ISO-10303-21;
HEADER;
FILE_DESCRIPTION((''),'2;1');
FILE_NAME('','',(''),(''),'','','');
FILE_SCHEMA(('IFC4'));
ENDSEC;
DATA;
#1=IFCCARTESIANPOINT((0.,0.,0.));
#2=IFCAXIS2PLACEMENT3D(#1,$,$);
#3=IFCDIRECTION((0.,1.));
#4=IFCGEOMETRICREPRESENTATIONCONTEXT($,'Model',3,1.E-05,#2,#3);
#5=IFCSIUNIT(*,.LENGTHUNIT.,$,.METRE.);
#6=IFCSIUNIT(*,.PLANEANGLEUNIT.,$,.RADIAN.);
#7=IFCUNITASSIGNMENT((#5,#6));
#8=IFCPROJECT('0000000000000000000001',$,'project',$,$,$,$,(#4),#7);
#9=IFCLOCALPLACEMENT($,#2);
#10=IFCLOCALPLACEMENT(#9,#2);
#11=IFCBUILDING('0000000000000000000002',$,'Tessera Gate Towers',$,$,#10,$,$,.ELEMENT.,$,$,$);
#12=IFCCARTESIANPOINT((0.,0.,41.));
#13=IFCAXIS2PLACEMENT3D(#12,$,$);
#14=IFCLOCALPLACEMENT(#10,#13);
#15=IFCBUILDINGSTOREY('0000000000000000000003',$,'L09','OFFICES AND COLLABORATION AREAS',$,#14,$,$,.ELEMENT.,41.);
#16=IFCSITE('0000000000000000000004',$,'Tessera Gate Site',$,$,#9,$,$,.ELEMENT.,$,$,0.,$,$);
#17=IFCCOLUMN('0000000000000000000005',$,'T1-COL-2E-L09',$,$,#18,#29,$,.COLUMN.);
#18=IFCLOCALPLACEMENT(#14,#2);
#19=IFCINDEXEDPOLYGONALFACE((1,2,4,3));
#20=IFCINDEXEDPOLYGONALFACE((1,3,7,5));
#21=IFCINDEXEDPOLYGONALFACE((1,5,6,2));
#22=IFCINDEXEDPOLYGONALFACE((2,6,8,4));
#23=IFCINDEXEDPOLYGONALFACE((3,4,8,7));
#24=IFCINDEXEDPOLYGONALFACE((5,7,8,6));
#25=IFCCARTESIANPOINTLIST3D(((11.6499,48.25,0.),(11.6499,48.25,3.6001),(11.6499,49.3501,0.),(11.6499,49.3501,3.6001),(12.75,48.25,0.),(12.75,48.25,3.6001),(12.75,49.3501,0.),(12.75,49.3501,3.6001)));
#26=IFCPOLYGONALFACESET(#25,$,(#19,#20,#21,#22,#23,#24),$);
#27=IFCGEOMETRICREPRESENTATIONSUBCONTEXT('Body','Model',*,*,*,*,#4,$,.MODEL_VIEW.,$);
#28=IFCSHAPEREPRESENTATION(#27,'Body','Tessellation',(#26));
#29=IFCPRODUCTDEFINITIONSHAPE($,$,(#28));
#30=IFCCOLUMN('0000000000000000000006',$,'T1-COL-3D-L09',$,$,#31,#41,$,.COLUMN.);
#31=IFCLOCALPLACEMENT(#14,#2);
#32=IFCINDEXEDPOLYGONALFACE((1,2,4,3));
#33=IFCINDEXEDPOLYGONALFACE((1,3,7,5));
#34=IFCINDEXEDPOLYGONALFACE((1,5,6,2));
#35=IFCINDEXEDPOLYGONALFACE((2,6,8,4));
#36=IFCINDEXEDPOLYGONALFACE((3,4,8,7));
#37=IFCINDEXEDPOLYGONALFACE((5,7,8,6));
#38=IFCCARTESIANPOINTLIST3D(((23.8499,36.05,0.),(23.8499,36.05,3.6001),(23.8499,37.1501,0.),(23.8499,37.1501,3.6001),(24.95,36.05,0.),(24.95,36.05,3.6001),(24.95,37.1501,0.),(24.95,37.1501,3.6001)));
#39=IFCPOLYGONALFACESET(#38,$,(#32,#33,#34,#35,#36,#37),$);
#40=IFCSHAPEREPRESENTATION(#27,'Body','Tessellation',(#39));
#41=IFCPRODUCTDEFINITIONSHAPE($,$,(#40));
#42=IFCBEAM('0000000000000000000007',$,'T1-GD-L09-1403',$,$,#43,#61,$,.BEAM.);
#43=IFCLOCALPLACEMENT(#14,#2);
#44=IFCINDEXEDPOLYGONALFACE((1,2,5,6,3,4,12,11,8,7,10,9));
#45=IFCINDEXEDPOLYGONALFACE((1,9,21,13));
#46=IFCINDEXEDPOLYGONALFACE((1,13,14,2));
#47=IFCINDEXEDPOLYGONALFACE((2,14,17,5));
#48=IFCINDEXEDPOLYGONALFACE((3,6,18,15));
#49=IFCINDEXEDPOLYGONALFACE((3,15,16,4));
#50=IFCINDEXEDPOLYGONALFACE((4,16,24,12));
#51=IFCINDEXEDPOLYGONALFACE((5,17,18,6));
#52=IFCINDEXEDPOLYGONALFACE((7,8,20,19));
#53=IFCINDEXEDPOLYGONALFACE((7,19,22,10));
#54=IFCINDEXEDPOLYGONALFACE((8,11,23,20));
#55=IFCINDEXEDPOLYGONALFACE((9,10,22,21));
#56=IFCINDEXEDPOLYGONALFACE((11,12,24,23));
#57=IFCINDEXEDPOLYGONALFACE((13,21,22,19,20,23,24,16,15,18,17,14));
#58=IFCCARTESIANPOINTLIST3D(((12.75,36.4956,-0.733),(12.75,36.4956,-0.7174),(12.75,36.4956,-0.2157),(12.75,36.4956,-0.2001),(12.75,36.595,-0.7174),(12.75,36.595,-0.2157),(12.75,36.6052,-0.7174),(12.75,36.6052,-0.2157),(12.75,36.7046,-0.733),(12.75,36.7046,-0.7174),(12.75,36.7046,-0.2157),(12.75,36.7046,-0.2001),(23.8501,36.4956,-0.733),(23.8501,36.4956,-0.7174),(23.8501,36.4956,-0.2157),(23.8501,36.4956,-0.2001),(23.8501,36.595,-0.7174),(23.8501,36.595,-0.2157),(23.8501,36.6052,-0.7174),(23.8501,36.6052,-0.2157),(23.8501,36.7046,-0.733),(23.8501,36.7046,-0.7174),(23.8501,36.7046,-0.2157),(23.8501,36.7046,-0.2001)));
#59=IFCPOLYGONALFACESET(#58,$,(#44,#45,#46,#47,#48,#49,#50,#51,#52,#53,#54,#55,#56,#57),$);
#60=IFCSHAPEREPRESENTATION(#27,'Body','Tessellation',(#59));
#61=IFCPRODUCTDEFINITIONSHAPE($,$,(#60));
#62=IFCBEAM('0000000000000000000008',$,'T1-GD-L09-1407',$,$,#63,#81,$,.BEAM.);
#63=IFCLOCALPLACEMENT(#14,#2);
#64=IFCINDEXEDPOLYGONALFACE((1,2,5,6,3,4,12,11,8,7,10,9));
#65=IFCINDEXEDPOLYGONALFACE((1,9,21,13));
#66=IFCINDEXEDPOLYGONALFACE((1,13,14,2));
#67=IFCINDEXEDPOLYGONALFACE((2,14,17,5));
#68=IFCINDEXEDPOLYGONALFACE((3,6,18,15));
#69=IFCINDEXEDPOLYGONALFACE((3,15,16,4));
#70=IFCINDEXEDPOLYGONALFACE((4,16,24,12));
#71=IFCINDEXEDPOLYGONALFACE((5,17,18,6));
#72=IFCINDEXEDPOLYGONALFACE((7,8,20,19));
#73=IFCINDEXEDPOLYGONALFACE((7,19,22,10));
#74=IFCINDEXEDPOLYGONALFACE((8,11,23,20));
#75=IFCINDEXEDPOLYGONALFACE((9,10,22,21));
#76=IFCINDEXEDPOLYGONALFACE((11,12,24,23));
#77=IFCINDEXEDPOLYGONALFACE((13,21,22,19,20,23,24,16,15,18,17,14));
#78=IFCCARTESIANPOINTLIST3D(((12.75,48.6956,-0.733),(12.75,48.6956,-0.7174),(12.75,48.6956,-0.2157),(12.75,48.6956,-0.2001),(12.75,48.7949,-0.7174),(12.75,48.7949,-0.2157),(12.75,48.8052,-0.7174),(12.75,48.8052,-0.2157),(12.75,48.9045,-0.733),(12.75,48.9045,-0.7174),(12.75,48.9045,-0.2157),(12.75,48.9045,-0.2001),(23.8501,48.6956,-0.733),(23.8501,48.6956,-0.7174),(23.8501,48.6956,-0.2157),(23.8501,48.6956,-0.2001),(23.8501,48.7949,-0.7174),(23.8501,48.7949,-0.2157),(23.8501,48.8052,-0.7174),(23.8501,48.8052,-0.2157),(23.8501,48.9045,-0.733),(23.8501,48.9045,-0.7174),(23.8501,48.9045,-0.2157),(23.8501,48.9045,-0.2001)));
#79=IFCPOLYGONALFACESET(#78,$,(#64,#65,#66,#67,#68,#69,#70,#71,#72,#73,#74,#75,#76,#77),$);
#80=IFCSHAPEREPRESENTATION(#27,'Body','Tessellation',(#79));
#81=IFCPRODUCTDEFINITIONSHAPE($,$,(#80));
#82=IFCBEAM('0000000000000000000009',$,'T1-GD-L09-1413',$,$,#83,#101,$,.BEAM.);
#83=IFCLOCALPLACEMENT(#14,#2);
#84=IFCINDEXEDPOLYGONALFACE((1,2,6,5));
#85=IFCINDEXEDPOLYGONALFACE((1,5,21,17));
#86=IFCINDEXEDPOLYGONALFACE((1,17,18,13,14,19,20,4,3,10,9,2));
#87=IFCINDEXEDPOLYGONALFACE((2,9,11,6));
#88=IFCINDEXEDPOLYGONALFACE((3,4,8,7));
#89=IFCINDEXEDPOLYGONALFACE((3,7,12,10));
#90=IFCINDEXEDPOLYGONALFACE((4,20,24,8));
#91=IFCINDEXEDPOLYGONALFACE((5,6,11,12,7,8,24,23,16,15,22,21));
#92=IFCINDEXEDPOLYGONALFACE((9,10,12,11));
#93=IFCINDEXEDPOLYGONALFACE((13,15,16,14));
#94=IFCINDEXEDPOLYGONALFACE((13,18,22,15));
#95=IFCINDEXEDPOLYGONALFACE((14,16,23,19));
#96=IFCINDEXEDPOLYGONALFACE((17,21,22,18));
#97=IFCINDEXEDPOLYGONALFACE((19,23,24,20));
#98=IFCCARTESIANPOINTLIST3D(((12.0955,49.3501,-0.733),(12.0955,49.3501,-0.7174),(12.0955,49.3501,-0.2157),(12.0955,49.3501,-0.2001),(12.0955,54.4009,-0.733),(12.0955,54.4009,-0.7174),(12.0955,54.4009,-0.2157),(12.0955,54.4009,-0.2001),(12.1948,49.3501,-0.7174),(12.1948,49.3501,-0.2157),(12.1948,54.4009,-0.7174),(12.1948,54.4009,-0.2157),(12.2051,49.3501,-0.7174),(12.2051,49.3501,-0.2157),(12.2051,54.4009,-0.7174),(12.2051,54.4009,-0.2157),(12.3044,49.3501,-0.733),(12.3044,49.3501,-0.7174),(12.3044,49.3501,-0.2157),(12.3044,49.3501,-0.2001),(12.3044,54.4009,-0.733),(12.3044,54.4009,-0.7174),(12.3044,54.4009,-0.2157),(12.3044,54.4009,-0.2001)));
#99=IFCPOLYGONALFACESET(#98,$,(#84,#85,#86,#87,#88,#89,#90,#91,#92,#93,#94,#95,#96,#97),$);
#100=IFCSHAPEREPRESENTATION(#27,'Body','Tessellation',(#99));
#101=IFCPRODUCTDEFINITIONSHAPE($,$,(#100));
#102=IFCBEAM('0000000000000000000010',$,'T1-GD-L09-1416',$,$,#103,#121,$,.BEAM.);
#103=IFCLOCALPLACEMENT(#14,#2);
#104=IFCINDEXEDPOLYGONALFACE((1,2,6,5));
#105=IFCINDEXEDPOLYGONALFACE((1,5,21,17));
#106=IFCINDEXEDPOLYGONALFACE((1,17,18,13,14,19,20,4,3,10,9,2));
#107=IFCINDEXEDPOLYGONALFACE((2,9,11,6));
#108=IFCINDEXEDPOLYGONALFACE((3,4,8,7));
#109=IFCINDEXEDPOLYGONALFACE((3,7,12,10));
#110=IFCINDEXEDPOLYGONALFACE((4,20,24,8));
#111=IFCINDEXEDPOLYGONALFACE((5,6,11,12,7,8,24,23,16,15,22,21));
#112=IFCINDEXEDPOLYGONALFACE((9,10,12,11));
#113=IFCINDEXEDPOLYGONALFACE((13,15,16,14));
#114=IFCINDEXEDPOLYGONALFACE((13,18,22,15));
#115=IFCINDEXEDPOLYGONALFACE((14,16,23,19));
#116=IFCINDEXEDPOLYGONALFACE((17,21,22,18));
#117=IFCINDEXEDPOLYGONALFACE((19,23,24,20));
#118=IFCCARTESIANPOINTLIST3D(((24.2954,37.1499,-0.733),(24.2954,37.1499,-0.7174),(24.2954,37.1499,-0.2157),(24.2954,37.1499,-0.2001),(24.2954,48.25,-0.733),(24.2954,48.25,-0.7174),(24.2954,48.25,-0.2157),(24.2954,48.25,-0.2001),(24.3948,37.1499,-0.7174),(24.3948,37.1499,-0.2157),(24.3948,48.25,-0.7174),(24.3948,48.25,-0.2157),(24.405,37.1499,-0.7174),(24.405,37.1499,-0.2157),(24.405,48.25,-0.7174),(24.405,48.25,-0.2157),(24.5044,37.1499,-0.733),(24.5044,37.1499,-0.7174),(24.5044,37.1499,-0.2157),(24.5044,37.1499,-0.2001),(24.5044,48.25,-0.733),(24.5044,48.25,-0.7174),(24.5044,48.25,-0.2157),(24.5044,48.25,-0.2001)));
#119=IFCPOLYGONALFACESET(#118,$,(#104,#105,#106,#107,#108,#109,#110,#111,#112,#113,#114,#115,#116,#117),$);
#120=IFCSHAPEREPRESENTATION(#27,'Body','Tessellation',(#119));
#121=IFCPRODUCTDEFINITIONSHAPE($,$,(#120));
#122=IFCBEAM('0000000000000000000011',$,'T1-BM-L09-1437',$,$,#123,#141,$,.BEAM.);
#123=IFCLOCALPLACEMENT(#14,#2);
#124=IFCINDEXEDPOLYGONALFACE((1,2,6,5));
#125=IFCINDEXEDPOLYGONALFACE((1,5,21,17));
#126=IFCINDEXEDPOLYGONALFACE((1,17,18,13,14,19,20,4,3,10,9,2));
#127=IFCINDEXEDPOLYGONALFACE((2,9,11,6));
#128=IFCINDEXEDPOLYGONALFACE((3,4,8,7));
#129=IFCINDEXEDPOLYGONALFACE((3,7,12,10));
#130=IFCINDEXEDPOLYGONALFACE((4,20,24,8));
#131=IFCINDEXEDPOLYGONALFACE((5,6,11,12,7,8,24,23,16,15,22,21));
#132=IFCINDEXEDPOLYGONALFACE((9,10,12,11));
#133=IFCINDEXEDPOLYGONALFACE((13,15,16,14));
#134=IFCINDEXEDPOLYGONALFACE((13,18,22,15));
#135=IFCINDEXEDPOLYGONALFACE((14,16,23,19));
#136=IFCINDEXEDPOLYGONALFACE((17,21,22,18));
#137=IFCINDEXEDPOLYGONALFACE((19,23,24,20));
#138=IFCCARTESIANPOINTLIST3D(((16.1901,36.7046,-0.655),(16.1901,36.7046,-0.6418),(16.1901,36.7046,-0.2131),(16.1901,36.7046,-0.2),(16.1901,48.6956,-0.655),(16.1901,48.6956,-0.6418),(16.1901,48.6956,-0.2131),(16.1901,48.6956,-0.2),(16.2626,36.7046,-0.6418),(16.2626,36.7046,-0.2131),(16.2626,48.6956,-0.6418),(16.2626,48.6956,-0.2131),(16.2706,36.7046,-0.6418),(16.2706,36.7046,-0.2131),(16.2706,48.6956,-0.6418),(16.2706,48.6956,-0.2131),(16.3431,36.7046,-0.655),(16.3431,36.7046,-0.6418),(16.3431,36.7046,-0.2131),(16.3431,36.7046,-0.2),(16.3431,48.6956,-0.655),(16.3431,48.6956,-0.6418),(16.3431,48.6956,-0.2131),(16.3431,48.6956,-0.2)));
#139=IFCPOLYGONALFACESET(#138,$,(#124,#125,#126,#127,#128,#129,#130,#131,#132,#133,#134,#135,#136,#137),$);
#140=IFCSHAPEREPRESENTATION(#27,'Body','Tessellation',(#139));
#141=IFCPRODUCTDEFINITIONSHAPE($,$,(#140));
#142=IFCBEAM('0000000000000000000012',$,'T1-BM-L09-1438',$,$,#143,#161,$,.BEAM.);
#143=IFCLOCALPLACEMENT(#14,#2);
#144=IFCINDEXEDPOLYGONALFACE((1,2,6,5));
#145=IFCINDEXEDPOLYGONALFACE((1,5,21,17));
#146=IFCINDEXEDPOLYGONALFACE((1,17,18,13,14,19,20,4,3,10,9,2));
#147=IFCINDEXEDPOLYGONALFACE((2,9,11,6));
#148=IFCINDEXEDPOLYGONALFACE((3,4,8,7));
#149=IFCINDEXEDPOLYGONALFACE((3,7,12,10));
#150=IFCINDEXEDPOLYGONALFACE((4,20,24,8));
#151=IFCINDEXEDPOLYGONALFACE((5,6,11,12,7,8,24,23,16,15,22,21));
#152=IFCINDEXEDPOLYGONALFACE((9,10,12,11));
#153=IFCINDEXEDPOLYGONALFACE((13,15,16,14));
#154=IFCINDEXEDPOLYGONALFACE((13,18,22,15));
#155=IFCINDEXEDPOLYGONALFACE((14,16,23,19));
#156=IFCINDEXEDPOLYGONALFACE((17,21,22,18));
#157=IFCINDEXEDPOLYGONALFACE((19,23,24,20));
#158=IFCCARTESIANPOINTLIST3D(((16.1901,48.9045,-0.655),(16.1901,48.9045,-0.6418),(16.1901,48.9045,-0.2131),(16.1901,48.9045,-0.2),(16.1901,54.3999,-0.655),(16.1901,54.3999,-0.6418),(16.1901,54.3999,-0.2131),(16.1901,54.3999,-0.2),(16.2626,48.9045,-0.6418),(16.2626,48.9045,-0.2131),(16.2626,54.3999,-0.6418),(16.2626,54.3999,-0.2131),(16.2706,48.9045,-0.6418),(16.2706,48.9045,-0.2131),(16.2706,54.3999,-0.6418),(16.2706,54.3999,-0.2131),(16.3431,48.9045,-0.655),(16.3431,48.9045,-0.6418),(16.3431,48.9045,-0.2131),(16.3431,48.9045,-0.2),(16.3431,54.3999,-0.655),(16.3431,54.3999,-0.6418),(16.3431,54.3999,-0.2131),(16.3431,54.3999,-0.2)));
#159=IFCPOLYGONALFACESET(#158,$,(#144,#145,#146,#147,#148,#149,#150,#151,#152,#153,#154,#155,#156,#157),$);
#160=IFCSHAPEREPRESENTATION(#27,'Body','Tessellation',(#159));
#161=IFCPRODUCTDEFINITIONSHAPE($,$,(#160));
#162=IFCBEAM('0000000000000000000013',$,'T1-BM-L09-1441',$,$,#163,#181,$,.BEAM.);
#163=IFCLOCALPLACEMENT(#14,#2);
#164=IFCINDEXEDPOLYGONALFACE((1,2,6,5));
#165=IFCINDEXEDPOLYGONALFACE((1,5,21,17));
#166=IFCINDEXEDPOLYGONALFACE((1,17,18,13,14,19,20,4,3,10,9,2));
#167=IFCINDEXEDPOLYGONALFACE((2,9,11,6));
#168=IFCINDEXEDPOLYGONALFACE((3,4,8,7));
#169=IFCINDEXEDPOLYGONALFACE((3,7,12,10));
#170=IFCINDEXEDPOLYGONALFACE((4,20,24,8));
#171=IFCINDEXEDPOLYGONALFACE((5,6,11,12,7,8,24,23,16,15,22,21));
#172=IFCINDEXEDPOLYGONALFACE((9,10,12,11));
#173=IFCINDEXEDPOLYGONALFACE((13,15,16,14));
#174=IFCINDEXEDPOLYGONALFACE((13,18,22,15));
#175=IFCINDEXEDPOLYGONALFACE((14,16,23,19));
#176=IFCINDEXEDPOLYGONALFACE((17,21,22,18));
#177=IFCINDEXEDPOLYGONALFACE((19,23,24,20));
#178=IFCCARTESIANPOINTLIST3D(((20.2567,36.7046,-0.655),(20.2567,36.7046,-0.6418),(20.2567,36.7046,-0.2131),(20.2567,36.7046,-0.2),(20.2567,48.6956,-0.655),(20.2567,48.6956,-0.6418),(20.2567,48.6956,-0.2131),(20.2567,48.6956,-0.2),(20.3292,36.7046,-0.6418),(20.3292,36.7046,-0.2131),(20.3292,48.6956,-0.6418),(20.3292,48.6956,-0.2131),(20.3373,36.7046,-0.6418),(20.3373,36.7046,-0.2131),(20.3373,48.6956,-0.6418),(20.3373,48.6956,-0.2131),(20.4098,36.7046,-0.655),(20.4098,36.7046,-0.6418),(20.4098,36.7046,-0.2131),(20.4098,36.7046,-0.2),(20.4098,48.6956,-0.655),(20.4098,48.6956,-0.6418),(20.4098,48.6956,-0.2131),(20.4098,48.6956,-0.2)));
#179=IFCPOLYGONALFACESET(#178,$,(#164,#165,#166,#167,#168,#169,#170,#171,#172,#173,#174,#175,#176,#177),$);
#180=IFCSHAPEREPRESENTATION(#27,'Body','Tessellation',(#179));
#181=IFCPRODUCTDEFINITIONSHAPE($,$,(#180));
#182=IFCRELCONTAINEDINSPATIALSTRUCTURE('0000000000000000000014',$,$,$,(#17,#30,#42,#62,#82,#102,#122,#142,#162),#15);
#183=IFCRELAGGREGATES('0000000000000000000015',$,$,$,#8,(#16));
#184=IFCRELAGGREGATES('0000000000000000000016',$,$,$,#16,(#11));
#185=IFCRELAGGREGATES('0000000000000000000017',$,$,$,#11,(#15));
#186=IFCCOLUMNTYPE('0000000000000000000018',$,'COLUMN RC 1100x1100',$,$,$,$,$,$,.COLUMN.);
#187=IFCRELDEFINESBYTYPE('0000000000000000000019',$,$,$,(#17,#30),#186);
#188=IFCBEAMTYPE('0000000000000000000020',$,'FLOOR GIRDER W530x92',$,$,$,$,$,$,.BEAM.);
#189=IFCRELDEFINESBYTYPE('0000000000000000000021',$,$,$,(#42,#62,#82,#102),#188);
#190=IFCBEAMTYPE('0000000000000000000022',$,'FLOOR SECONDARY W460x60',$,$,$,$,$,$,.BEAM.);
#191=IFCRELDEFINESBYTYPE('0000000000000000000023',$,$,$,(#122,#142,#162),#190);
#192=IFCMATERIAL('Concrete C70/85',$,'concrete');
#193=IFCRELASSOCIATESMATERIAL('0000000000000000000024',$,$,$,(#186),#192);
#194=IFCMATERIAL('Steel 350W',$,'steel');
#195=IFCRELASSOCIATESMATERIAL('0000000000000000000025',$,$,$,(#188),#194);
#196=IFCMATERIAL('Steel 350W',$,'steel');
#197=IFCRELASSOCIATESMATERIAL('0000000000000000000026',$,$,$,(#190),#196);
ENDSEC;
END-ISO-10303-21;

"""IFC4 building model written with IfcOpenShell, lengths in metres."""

from ifc_helpers import new_model, si_unit, direction, frame, origin, origin_2d, place, context, subcontext, project, spatial, rectangle, i_section, extrude, material, material_profile, profile_set, type_object, element, save


model = new_model("IFC4")

# Units and contexts
model_context = context("Model", 3, precision=1e-05, world=origin(), true_north=direction((0.0, 1.0)))
body_context = subcontext(model_context, "Body", "Model", "MODEL_VIEW")
ifc_project = project(units=[si_unit("LENGTHUNIT", "METRE"), si_unit("PLANEANGLEUNIT", "RADIAN")], contexts=[model_context])

# Site, building, storey
site_placement = place(None, origin())
site = spatial("IfcSite", under=ifc_project, at=site_placement, Name="Tessera Gate Site", CompositionType="ELEMENT", RefElevation=0.0)
building_placement = place(site_placement, origin())
building = spatial("IfcBuilding", under=site, at=building_placement, Name="Tessera Gate Towers", CompositionType="ELEMENT")
storey_placement = place(building_placement, frame((0.0, 0.0, 41.0)))
storey = spatial("IfcBuildingStorey", under=building, at=storey_placement, Name="L09", Description="OFFICES AND COLLABORATION AREAS", CompositionType="ELEMENT", Elevation=41.0)

# Columns
ifc_material_1 = material(Name="Concrete C70/85", Category="concrete")
ifc_material_profile_1 = material_profile(ifc_material_1, rectangle(XDim=1.1001, YDim=1.1001, at=origin_2d()), Name="RC 1100x1100")
ifc_profile_set_1 = profile_set([ifc_material_profile_1], Name="Concrete C70/85")
column_type = type_object("IfcColumnType", Name="COLUMN RC 1100x1100", PredefinedType="COLUMN", material=ifc_profile_set_1)
for number, where, z_axis, x_axis, name in (
    (1, (12.2, 48.8, 0.0), (0.0, 0.0, 1.0), (1.0, 0.0, 0.0), "T1-COL-2E-L09"),
    (2, (24.3999, 36.6001, 0.0), (0.0, 0.0, 1.0), (1.0, 0.0, 0.0), "T1-COL-3D-L09"),
):
    element("IfcColumn", number, at=place(storey_placement, frame(where, z_axis=z_axis, x_axis=x_axis)), inside=storey, type_object=column_type, Name=name, PredefinedType="COLUMN", context=body_context, shape_type="SweptSolid", body=[
        extrude(rectangle(XDim=1.1001, YDim=1.1001, at=origin_2d()), origin(), (0.0, 0.0, 1.0), 3.6001),
    ])

# Beams
ifc_material_2 = material(Name="Steel 350W", Category="steel")
ifc_material_profile_2 = material_profile(ifc_material_2, i_section(OverallWidth=0.209, OverallDepth=0.533, WebThickness=0.0103, FlangeThickness=0.0156, at=origin_2d()), Name="W530x92")
ifc_profile_set_2 = profile_set([ifc_material_profile_2], Name="Steel 350W")
beam_type_1 = type_object("IfcBeamType", Name="FLOOR GIRDER W530x92", PredefinedType="BEAM", material=ifc_profile_set_2)
for number, where, z_axis, x_axis, name in (
    (3, (12.75, 36.6001, -0.4666), (1.0, 0.0, 0.0), (0.0, 1.0, 0.0), "T1-GD-L09-1403"),
    (4, (12.75, 48.8, -0.4666), (1.0, 0.0, 0.0), (0.0, 1.0, 0.0), "T1-GD-L09-1407"),
):
    element("IfcBeam", number, at=place(storey_placement, frame(where, z_axis=z_axis, x_axis=x_axis)), inside=storey, type_object=beam_type_1, Name=name, PredefinedType="BEAM", context=body_context, shape_type="SweptSolid", body=[
        extrude(i_section(OverallWidth=0.209, OverallDepth=0.533, WebThickness=0.0103, FlangeThickness=0.0156, at=origin_2d()), origin(), (0.0, 0.0, 1.0), 11.1001),
    ])
beam_1_placement = place(storey_placement, frame((12.2, 49.3501, -0.4666), z_axis=(0.0, 1.0, 0.0), x_axis=(-1.0, 0.0, 0.0)))
element("IfcBeam", 5, at=beam_1_placement, inside=storey, type_object=beam_type_1, Name="T1-GD-L09-1413", PredefinedType="BEAM", context=body_context, shape_type="SweptSolid", body=[
    extrude(i_section(OverallWidth=0.209, OverallDepth=0.533, WebThickness=0.0103, FlangeThickness=0.0156, at=origin_2d()), origin(), (0.0, 0.0, 1.0), 5.0508),
])
beam_2_placement = place(storey_placement, frame((24.3999, 37.1499, -0.4666), z_axis=(0.0, 1.0, 0.0), x_axis=(-1.0, 0.0, 0.0)))
element("IfcBeam", 6, at=beam_2_placement, inside=storey, type_object=beam_type_1, Name="T1-GD-L09-1416", PredefinedType="BEAM", context=body_context, shape_type="SweptSolid", body=[
    extrude(i_section(OverallWidth=0.209, OverallDepth=0.533, WebThickness=0.0103, FlangeThickness=0.0156, at=origin_2d()), origin(), (0.0, 0.0, 1.0), 11.1001),
])
ifc_material_3 = material(Name="Steel 350W", Category="steel")
ifc_material_profile_3 = material_profile(ifc_material_3, i_section(OverallWidth=0.1531, OverallDepth=0.4551, WebThickness=0.0081, FlangeThickness=0.0132, at=origin_2d()), Name="W460x60")
ifc_profile_set_3 = profile_set([ifc_material_profile_3], Name="Steel 350W")
beam_type_2 = type_object("IfcBeamType", Name="FLOOR SECONDARY W460x60", PredefinedType="BEAM", material=ifc_profile_set_3)
beam_3_placement = place(storey_placement, frame((16.2666, 36.7046, -0.4275), z_axis=(0.0, 1.0, 0.0), x_axis=(-1.0, 0.0, 0.0)))
element("IfcBeam", 7, at=beam_3_placement, inside=storey, type_object=beam_type_2, Name="T1-BM-L09-1437", PredefinedType="BEAM", context=body_context, shape_type="SweptSolid", body=[
    extrude(i_section(OverallWidth=0.1531, OverallDepth=0.4551, WebThickness=0.0081, FlangeThickness=0.0132, at=origin_2d()), origin(), (0.0, 0.0, 1.0), 11.991),
])
beam_4_placement = place(storey_placement, frame((16.2666, 48.9045, -0.4275), z_axis=(0.0, 1.0, 0.0), x_axis=(-1.0, 0.0, 0.0)))
element("IfcBeam", 8, at=beam_4_placement, inside=storey, type_object=beam_type_2, Name="T1-BM-L09-1438", PredefinedType="BEAM", context=body_context, shape_type="SweptSolid", body=[
    extrude(i_section(OverallWidth=0.1531, OverallDepth=0.4551, WebThickness=0.0081, FlangeThickness=0.0132, at=origin_2d()), origin(), (0.0, 0.0, 1.0), 5.4954),
])
beam_5_placement = place(storey_placement, frame((20.3333, 36.7046, -0.4275), z_axis=(0.0, 1.0, 0.0), x_axis=(-1.0, 0.0, 0.0)))
element("IfcBeam", 9, at=beam_5_placement, inside=storey, type_object=beam_type_2, Name="T1-BM-L09-1441", PredefinedType="BEAM", context=body_context, shape_type="SweptSolid", body=[
    extrude(i_section(OverallWidth=0.1531, OverallDepth=0.4551, WebThickness=0.0081, FlangeThickness=0.0132, at=origin_2d()), origin(), (0.0, 0.0, 1.0), 11.991),
])

save(model, "model.ifc")
